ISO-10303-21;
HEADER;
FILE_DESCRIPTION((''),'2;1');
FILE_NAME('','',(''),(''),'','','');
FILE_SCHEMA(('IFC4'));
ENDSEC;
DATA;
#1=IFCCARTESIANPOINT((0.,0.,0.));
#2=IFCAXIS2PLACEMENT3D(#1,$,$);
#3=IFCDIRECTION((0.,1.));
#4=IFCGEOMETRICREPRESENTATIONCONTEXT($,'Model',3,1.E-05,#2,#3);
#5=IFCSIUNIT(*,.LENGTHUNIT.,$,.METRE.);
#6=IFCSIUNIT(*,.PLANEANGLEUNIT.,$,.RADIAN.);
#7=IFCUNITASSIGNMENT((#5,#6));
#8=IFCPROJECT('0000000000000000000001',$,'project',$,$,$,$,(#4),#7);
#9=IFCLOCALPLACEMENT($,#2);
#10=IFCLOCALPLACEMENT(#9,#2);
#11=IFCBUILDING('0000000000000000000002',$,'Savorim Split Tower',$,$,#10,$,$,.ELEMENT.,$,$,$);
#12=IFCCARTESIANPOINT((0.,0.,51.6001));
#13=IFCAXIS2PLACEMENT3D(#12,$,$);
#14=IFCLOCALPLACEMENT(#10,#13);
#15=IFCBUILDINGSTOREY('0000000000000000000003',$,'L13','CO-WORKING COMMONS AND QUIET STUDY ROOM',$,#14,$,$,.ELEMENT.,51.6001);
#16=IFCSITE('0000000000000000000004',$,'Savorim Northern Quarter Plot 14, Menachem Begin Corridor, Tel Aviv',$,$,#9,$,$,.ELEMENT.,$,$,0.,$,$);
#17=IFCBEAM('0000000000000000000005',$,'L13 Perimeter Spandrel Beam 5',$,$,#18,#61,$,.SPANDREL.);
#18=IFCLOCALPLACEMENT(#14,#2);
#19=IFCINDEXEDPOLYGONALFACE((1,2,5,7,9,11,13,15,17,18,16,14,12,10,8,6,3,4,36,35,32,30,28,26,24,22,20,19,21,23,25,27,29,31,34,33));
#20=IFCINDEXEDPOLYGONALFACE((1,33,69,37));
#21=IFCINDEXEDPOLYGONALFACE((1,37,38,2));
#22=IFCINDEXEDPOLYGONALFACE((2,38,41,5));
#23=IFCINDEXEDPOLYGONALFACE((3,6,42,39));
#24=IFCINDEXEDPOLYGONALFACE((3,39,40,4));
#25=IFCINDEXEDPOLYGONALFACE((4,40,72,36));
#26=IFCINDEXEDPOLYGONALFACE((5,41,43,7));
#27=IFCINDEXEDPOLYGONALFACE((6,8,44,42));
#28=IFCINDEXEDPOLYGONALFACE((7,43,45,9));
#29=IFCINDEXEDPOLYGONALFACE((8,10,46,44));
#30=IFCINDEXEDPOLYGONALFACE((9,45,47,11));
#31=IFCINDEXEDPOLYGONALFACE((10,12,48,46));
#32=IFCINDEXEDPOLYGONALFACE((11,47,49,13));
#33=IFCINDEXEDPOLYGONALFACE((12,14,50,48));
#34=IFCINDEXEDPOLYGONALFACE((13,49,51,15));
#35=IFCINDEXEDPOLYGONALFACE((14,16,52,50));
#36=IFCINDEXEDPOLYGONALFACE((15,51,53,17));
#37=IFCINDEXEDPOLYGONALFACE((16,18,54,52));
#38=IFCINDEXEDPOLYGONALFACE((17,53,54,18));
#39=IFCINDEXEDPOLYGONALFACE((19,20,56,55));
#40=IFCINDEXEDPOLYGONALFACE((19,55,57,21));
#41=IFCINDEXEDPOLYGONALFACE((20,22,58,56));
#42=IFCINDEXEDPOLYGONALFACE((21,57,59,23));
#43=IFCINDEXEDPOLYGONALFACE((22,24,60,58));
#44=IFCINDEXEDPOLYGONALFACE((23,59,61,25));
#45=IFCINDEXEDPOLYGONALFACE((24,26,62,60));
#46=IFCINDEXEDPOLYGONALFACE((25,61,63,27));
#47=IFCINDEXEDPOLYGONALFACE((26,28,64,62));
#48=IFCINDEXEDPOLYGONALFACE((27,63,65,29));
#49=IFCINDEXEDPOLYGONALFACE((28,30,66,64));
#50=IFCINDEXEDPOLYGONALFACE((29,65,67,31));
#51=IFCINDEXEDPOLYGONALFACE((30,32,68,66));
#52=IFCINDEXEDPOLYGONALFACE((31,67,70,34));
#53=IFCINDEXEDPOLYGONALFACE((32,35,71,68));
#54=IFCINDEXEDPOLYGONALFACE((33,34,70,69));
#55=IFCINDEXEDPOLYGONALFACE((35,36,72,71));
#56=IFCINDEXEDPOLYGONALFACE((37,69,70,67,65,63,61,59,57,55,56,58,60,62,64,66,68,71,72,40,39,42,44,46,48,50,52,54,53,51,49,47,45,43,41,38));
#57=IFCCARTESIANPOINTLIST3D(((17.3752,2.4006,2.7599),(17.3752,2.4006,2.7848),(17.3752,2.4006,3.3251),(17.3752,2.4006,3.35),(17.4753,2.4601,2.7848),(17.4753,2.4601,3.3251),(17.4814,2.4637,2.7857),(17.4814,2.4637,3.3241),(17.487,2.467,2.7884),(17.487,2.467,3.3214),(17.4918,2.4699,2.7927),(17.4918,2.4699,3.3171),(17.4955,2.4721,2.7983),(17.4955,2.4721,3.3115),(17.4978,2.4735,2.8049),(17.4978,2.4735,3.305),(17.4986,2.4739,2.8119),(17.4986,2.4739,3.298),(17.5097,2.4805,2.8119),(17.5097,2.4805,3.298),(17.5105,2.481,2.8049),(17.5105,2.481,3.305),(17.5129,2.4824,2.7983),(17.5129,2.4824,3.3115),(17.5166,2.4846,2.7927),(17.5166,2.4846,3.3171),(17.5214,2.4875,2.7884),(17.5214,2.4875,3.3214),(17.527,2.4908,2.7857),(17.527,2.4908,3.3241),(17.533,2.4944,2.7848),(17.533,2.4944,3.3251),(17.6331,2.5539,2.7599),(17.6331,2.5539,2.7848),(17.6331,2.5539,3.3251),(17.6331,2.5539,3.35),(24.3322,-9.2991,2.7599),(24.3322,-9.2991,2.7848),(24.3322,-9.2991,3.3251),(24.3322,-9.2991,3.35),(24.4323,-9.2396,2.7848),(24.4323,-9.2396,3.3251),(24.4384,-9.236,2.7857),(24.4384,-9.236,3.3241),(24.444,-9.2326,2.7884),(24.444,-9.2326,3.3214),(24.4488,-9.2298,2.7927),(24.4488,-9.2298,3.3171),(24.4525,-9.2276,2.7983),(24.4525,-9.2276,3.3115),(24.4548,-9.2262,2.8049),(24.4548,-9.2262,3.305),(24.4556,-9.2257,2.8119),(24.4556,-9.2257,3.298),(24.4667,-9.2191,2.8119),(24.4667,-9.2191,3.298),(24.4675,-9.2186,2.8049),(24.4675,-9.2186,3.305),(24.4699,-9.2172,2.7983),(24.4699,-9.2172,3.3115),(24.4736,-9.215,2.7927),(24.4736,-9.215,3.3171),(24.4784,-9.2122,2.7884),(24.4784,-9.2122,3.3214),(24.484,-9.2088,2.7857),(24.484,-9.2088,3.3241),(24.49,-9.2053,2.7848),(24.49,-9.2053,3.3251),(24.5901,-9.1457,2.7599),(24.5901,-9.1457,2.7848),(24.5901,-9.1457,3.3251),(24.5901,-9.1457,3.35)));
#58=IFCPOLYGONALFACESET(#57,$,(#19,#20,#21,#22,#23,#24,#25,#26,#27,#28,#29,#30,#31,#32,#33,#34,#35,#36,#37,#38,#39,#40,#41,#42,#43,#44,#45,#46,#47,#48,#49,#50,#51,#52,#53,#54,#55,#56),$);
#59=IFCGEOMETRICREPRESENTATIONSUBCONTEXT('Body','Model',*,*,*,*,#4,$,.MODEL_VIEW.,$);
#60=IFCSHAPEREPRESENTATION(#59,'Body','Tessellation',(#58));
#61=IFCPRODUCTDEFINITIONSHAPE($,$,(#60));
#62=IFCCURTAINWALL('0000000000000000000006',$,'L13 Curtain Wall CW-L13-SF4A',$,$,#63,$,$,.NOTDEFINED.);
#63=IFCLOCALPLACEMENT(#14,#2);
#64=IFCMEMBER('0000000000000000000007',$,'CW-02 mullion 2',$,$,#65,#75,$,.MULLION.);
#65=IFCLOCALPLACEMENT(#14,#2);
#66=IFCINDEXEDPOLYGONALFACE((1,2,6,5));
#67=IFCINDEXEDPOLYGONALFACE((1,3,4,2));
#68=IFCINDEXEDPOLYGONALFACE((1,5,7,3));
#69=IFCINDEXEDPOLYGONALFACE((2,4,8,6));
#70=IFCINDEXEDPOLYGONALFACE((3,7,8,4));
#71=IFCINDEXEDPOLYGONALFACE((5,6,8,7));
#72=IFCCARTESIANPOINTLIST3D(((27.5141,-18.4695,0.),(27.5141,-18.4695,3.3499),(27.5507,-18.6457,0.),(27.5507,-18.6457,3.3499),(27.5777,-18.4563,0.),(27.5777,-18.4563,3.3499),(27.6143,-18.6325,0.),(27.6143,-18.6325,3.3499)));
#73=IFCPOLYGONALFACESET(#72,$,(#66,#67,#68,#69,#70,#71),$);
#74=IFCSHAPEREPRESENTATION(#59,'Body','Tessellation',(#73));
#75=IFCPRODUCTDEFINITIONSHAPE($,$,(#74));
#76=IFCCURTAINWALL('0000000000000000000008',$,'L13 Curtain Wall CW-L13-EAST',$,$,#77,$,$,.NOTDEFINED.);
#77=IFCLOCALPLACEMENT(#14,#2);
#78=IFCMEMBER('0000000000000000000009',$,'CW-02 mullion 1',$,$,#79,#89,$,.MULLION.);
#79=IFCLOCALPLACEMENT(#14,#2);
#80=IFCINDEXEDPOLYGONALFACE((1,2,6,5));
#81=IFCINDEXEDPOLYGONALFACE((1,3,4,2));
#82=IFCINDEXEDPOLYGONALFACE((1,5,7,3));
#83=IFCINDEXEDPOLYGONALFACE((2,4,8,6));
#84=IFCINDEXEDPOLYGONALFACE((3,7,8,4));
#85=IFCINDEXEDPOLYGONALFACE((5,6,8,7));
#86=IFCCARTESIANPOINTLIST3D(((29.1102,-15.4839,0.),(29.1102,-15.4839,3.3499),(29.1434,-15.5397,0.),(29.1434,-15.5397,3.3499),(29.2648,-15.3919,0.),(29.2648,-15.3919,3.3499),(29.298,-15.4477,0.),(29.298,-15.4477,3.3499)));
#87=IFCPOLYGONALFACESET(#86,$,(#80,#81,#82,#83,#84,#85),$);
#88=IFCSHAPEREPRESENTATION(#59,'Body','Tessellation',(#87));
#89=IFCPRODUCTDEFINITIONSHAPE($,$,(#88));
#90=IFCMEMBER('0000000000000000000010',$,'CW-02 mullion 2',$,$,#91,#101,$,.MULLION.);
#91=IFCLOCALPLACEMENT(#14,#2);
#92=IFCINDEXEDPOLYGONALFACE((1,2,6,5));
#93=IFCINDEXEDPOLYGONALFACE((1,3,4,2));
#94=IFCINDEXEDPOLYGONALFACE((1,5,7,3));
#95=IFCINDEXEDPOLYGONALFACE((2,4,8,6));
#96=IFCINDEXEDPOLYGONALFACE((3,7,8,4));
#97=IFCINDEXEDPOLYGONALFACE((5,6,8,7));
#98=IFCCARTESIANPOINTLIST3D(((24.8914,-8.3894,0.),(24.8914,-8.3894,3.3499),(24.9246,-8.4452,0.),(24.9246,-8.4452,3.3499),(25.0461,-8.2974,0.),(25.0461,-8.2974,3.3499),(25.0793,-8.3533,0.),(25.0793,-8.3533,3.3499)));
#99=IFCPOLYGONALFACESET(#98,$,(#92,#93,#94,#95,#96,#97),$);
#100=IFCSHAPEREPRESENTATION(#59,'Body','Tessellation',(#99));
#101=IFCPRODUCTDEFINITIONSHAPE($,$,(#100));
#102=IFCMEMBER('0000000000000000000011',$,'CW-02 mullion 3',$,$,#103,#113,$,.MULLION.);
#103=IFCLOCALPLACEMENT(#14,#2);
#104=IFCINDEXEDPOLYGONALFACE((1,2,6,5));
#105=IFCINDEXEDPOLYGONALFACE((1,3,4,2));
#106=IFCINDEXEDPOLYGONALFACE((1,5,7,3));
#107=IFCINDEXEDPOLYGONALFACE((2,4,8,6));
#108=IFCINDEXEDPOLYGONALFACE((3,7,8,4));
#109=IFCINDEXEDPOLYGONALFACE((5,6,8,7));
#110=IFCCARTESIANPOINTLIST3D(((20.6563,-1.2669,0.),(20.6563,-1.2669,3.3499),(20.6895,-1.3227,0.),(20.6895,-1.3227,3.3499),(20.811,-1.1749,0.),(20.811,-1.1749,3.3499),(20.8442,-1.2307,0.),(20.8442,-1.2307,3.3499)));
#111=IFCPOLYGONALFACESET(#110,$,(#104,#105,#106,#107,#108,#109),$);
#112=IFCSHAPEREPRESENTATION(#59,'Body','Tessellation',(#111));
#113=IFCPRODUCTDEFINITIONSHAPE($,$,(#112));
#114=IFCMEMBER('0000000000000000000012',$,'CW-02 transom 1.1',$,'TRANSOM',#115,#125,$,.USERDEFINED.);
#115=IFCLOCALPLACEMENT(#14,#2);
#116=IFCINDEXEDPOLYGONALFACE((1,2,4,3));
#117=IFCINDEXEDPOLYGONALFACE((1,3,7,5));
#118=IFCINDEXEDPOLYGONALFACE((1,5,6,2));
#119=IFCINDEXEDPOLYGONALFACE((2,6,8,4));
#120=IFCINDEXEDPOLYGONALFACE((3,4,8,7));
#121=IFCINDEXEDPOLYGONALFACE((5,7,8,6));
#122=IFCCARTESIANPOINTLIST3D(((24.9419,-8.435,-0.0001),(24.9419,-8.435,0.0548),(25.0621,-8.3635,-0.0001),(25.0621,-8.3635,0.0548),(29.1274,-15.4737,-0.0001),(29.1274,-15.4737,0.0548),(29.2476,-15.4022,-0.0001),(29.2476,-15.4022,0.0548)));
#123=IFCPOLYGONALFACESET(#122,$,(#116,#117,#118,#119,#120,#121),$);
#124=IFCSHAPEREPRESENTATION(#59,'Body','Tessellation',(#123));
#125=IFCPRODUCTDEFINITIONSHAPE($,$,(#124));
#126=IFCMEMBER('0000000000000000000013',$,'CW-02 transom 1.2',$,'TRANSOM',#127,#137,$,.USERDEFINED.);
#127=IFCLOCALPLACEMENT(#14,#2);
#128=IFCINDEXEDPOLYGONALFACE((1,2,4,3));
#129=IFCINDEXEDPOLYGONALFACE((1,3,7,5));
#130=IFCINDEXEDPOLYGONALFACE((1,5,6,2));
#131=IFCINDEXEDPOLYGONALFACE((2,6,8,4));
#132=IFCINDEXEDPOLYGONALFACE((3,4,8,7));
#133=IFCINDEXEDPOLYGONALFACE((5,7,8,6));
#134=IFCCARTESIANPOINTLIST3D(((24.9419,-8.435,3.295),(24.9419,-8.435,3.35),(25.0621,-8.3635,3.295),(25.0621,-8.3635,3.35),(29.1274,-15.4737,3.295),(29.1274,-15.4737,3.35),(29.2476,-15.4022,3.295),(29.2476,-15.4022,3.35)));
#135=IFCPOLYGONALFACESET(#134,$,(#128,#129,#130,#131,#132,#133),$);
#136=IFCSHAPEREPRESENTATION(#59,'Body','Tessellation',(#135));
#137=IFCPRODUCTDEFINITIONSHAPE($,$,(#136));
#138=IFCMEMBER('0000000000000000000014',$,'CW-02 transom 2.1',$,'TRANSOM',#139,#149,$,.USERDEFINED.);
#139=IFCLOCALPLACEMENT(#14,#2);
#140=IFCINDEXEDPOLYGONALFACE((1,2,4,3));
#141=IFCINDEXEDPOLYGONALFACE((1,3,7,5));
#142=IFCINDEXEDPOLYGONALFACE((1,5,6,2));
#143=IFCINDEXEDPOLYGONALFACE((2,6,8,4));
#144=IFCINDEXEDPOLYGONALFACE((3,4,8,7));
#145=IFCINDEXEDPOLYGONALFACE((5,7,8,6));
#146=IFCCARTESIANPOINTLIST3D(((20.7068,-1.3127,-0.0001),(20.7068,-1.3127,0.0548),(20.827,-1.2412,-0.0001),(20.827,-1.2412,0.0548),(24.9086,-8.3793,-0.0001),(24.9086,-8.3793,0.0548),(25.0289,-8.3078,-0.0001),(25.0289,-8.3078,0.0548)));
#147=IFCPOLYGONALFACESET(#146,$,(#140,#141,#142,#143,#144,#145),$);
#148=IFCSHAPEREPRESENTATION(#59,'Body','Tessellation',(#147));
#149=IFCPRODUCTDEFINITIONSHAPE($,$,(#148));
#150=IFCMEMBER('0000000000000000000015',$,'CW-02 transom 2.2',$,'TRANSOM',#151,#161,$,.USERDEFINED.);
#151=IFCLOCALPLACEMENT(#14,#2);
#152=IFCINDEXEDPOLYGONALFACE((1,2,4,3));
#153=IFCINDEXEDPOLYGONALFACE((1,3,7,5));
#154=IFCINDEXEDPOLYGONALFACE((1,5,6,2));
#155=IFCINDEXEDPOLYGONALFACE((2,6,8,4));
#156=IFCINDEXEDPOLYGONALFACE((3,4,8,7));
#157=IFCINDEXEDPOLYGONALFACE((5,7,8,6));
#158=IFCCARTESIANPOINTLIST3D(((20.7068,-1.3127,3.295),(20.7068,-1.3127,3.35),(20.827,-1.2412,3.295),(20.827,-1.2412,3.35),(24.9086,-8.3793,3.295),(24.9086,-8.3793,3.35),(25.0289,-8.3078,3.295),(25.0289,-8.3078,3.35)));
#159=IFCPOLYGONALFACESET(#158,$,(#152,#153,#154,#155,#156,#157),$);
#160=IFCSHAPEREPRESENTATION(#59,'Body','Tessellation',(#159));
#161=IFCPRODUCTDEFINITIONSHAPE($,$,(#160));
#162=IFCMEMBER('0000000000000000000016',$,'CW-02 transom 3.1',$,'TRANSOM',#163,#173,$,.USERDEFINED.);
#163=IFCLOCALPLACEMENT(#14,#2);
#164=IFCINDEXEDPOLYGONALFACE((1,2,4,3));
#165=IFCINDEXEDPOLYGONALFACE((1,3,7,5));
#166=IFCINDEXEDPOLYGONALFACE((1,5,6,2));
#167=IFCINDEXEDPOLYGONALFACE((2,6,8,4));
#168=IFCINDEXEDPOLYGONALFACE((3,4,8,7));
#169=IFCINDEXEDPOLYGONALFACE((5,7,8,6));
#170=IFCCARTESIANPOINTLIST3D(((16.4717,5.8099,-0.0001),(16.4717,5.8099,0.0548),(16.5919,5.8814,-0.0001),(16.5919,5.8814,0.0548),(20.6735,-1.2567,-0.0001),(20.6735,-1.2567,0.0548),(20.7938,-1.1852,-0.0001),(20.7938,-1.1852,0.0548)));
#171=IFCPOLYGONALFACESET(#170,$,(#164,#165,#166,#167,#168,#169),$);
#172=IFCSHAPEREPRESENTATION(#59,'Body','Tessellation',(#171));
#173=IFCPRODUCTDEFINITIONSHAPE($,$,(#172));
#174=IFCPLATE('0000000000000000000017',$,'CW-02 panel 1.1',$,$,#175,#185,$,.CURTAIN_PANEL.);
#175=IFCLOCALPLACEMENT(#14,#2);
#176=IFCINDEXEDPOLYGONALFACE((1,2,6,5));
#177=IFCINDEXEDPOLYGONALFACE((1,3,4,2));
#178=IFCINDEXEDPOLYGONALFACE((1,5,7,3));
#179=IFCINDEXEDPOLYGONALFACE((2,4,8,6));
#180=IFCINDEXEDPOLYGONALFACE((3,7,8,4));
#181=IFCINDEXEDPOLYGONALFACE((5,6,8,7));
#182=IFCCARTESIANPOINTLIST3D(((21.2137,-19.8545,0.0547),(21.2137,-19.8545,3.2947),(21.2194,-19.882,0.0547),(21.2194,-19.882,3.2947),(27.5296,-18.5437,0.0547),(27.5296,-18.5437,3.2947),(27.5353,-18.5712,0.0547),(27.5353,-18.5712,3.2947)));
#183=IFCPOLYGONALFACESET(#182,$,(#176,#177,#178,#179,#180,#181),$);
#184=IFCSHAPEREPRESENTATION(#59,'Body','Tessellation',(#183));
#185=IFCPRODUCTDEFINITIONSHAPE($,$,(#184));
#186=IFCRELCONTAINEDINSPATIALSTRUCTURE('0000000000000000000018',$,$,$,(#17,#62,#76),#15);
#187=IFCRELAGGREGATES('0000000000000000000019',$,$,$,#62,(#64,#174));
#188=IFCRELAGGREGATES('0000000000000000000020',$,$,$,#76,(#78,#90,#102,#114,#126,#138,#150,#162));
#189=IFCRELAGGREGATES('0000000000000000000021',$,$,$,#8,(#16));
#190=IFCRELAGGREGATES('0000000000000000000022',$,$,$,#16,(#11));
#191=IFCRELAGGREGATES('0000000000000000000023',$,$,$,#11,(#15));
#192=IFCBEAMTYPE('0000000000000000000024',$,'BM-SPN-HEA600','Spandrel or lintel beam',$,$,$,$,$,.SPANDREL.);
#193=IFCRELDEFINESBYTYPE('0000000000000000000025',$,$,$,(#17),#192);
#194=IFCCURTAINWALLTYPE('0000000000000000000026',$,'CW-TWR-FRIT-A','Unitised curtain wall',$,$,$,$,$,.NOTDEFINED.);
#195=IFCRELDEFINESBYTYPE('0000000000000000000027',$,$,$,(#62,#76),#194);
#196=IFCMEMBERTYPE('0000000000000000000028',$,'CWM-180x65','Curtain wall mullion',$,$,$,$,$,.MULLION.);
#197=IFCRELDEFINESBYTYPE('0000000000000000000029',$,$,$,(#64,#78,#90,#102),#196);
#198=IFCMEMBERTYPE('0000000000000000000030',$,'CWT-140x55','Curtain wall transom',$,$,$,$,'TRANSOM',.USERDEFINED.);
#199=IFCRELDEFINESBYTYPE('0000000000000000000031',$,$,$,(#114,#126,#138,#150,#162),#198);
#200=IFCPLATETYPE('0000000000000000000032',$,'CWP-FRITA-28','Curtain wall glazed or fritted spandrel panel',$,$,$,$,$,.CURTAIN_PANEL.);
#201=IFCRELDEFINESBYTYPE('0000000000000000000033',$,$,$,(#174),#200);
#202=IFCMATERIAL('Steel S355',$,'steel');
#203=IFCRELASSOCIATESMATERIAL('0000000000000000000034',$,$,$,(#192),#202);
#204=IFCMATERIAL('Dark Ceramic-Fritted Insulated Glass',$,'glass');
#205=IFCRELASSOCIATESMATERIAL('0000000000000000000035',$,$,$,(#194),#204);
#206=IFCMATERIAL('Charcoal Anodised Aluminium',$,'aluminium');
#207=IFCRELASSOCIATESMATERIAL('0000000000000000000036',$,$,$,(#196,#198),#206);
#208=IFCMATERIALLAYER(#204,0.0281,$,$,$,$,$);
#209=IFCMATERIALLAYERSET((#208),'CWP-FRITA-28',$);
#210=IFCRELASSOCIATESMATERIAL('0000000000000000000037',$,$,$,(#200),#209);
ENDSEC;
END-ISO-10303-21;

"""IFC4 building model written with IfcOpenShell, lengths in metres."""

from ifc_helpers import new_model, si_unit, direction, frame, origin, origin_2d, place, context, subcontext, project, spatial, rectangle, i_section, extrude, material, layer, layer_set, material_profile, profile_set, type_object, element, aggregate, save


model = new_model("IFC4")

# Units and contexts
model_context = context("Model", 3, precision=1e-05, world=origin(), true_north=direction((0.0, 1.0)))
body_context = subcontext(model_context, "Body", "Model", "MODEL_VIEW")
ifc_project = project(units=[si_unit("LENGTHUNIT", "METRE"), si_unit("PLANEANGLEUNIT", "RADIAN")], contexts=[model_context])

# Site, building, storey
site_placement = place(None, origin())
site = spatial("IfcSite", under=ifc_project, at=site_placement, Name="Savorim Northern Quarter Plot 14, Menachem Begin Corridor, Tel Aviv", CompositionType="ELEMENT", RefElevation=0.0)
building_placement = place(site_placement, origin())
building = spatial("IfcBuilding", under=site, at=building_placement, Name="Savorim Split Tower", CompositionType="ELEMENT")
storey_placement = place(building_placement, frame((0.0, 0.0, 51.6001)))
storey = spatial("IfcBuildingStorey", under=building, at=storey_placement, Name="L13", Description="CO-WORKING COMMONS AND QUIET STUDY ROOM", CompositionType="ELEMENT", Elevation=51.6001)

# Beam
ifc_material_1 = material(Name="Steel S355", Category="steel")
ifc_material_profile_1 = material_profile(ifc_material_1, i_section(OverallWidth=0.3, OverallDepth=0.5901, WebThickness=0.0129, FlangeThickness=0.0249, FilletRadius=0.0271, at=origin_2d()), Name="HEA 600")
ifc_profile_set_1 = profile_set([ifc_material_profile_1], Name="Steel S355")
beam_type_1 = type_object("IfcBeamType", Name="BM-SPN-HEA600", Description="Spandrel or lintel beam", PredefinedType="SPANDREL", material=ifc_profile_set_1)
beam_1_placement = place(storey_placement, frame((24.4612, -9.2224, 3.0549), z_axis=(-0.5111, 0.859521, 0.0), x_axis=(-0.859521, -0.5111, 0.0)))
element("IfcBeam", 1, at=beam_1_placement, inside=storey, type_object=beam_type_1, Name="L13 Perimeter Spandrel Beam 5", PredefinedType="SPANDREL", context=body_context, shape_type="SweptSolid", body=[
    extrude(i_section(OverallWidth=0.3, OverallDepth=0.5901, WebThickness=0.0129, FlangeThickness=0.0249, FilletRadius=0.0271, at=origin_2d()), origin(), (0.0, 0.0, 1.0), 13.6118),
])

# Curtain wall, member
ifc_material_2 = material(Name="Dark Ceramic-Fritted Insulated Glass", Category="glass")
curtain_wall_type = type_object("IfcCurtainWallType", Name="CW-TWR-FRIT-A", Description="Unitised curtain wall", PredefinedType="NOTDEFINED", material=ifc_material_2)
curtain_wall_1_placement = place(storey_placement, origin())
curtain_wall_1 = element("IfcCurtainWall", 2, at=curtain_wall_1_placement, inside=storey, type_object=curtain_wall_type, Name="L13 Curtain Wall CW-L13-SF4A", PredefinedType="NOTDEFINED")
ifc_material_3 = material(Name="Charcoal Anodised Aluminium", Category="aluminium")
ifc_material_profile_2 = material_profile(ifc_material_3, rectangle(XDim=0.1799, YDim=0.0649, at=origin_2d()), Name="ALU-M 180x65")
ifc_profile_set_2 = profile_set([ifc_material_profile_2], Name="Charcoal Anodised Aluminium")
member_type_1 = type_object("IfcMemberType", Name="CWM-180x65", Description="Curtain wall mullion", PredefinedType="MULLION", material=ifc_profile_set_2)
member_1_placement = place(storey_placement, frame((27.5642, -18.551, 0.0), z_axis=(0.0, 0.0, 1.0), x_axis=(-0.20321, 0.979135, 0.0)))
member_1 = element("IfcMember", 3, at=member_1_placement, type_object=member_type_1, Name="CW-02 mullion 2", PredefinedType="MULLION", context=body_context, shape_type="SweptSolid", body=[
    extrude(rectangle(XDim=0.1799, YDim=0.0649, at=origin_2d()), origin(), (0.0, 0.0, 1.0), 3.3499),
])

# Curtain wall, members
curtain_wall_2_placement = place(storey_placement, origin())
curtain_wall_2 = element("IfcCurtainWall", 4, at=curtain_wall_2_placement, inside=storey, type_object=curtain_wall_type, Name="L13 Curtain Wall CW-L13-EAST", PredefinedType="NOTDEFINED")
member_2_placement = place(storey_placement, frame((29.2041, -15.4658, 0.0), z_axis=(0.0, 0.0, 1.0), x_axis=(-0.859526, -0.511092, 0.0)))
member_2 = element("IfcMember", 5, at=member_2_placement, type_object=member_type_1, Name="CW-02 mullion 1", PredefinedType="MULLION", context=body_context, shape_type="SweptSolid", body=[
    extrude(rectangle(XDim=0.1799, YDim=0.0649, at=origin_2d()), origin(), (0.0, 0.0, 1.0), 3.3499),
])
member_3_placement = place(storey_placement, frame((24.9854, -8.3713, 0.0), z_axis=(0.0, 0.0, 1.0), x_axis=(-0.859526, -0.511092, 0.0)))
member_3 = element("IfcMember", 6, at=member_3_placement, type_object=member_type_1, Name="CW-02 mullion 2", PredefinedType="MULLION", context=body_context, shape_type="SweptSolid", body=[
    extrude(rectangle(XDim=0.1799, YDim=0.0649, at=origin_2d()), origin(), (0.0, 0.0, 1.0), 3.3499),
])
member_4_placement = place(storey_placement, frame((20.7502, -1.2488, 0.0), z_axis=(0.0, 0.0, 1.0), x_axis=(-0.859526, -0.511092, 0.0)))
member_4 = element("IfcMember", 7, at=member_4_placement, type_object=member_type_1, Name="CW-02 mullion 3", PredefinedType="MULLION", context=body_context, shape_type="SweptSolid", body=[
    extrude(rectangle(XDim=0.1799, YDim=0.0649, at=origin_2d()), origin(), (0.0, 0.0, 1.0), 3.3499),
])
ifc_material_profile_3 = material_profile(ifc_material_3, rectangle(XDim=0.1399, YDim=0.0549, at=origin_2d()), Name="ALU-T 140x55")
ifc_profile_set_3 = profile_set([ifc_material_profile_3], Name="Charcoal Anodised Aluminium")
member_type_2 = type_object("IfcMemberType", Name="CWT-140x55", Description="Curtain wall transom", ElementType="TRANSOM", PredefinedType="USERDEFINED", material=ifc_profile_set_3)
member_5_placement = place(storey_placement, frame((29.1875, -15.438, 0.0273), z_axis=(-0.511103, 0.85952, 0.0), x_axis=(-0.85952, -0.511103, 0.0)))
member_5 = element("IfcMember", 8, at=member_5_placement, type_object=member_type_2, Name="CW-02 transom 1.1", ObjectType="TRANSOM", PredefinedType="USERDEFINED", context=body_context, shape_type="SweptSolid", body=[
    extrude(rectangle(XDim=0.1399, YDim=0.0549, at=origin_2d()), origin(), (0.0, 0.0, 1.0), 8.1892),
])
member_6_placement = place(storey_placement, frame((29.1875, -15.438, 3.3225), z_axis=(-0.511103, 0.85952, 0.0), x_axis=(-0.85952, -0.511103, 0.0)))
member_6 = element("IfcMember", 9, at=member_6_placement, type_object=member_type_2, Name="CW-02 transom 1.2", ObjectType="TRANSOM", PredefinedType="USERDEFINED", context=body_context, shape_type="SweptSolid", body=[
    extrude(rectangle(XDim=0.1399, YDim=0.0549, at=origin_2d()), origin(), (0.0, 0.0, 1.0), 8.1892),
])
member_7_placement = place(storey_placement, frame((24.9688, -8.3435, 0.0273), z_axis=(-0.511085, 0.85953, 0.0), x_axis=(-0.85953, -0.511085, 0.0)))
member_7 = element("IfcMember", 10, at=member_7_placement, type_object=member_type_2, Name="CW-02 transom 2.1", ObjectType="TRANSOM", PredefinedType="USERDEFINED", context=body_context, shape_type="SweptSolid", body=[
    extrude(rectangle(XDim=0.1399, YDim=0.0549, at=origin_2d()), origin(), (0.0, 0.0, 1.0), 8.2214),
])
member_8_placement = place(storey_placement, frame((24.9688, -8.3435, 3.3225), z_axis=(-0.511085, 0.85953, 0.0), x_axis=(-0.85953, -0.511085, 0.0)))
member_8 = element("IfcMember", 11, at=member_8_placement, type_object=member_type_2, Name="CW-02 transom 2.2", ObjectType="TRANSOM", PredefinedType="USERDEFINED", context=body_context, shape_type="SweptSolid", body=[
    extrude(rectangle(XDim=0.1399, YDim=0.0549, at=origin_2d()), origin(), (0.0, 0.0, 1.0), 8.2214),
])
member_9_placement = place(storey_placement, frame((20.7336, -1.2209, 0.0273), z_axis=(-0.511085, 0.85953, 0.0), x_axis=(-0.85953, -0.511085, 0.0)))
member_9 = element("IfcMember", 12, at=member_9_placement, type_object=member_type_2, Name="CW-02 transom 3.1", ObjectType="TRANSOM", PredefinedType="USERDEFINED", context=body_context, shape_type="SweptSolid", body=[
    extrude(rectangle(XDim=0.1399, YDim=0.0549, at=origin_2d()), origin(), (0.0, 0.0, 1.0), 8.2214),
])

# Plate
ifc_layer_1 = layer(ifc_material_2, 0.0281)
ifc_layer_set_1 = layer_set([ifc_layer_1], Name="CWP-FRITA-28")
plate_type = type_object("IfcPlateType", Name="CWP-FRITA-28", Description="Curtain wall glazed or fritted spandrel panel", PredefinedType="CURTAIN_PANEL", material=ifc_layer_set_1)
plate_1_placement = place(storey_placement, frame((24.3745, -19.2129, 0.0547), z_axis=(0.0, 0.0, 1.0), x_axis=(0.979135, 0.20321, 0.0)))
plate_1 = element("IfcPlate", 13, at=plate_1_placement, type_object=plate_type, Name="CW-02 panel 1.1", PredefinedType="CURTAIN_PANEL", context=body_context, shape_type="SweptSolid", body=[
    extrude(rectangle(XDim=6.4504, YDim=0.0281, at=origin_2d()), origin(), (0.0, 0.0, 1.0), 3.24),
])
aggregate(curtain_wall_1, [member_1, plate_1])
aggregate(curtain_wall_2, [member_2, member_3, member_4, member_5, member_6, member_7, member_8, member_9])

save(model, "model.ifc")
